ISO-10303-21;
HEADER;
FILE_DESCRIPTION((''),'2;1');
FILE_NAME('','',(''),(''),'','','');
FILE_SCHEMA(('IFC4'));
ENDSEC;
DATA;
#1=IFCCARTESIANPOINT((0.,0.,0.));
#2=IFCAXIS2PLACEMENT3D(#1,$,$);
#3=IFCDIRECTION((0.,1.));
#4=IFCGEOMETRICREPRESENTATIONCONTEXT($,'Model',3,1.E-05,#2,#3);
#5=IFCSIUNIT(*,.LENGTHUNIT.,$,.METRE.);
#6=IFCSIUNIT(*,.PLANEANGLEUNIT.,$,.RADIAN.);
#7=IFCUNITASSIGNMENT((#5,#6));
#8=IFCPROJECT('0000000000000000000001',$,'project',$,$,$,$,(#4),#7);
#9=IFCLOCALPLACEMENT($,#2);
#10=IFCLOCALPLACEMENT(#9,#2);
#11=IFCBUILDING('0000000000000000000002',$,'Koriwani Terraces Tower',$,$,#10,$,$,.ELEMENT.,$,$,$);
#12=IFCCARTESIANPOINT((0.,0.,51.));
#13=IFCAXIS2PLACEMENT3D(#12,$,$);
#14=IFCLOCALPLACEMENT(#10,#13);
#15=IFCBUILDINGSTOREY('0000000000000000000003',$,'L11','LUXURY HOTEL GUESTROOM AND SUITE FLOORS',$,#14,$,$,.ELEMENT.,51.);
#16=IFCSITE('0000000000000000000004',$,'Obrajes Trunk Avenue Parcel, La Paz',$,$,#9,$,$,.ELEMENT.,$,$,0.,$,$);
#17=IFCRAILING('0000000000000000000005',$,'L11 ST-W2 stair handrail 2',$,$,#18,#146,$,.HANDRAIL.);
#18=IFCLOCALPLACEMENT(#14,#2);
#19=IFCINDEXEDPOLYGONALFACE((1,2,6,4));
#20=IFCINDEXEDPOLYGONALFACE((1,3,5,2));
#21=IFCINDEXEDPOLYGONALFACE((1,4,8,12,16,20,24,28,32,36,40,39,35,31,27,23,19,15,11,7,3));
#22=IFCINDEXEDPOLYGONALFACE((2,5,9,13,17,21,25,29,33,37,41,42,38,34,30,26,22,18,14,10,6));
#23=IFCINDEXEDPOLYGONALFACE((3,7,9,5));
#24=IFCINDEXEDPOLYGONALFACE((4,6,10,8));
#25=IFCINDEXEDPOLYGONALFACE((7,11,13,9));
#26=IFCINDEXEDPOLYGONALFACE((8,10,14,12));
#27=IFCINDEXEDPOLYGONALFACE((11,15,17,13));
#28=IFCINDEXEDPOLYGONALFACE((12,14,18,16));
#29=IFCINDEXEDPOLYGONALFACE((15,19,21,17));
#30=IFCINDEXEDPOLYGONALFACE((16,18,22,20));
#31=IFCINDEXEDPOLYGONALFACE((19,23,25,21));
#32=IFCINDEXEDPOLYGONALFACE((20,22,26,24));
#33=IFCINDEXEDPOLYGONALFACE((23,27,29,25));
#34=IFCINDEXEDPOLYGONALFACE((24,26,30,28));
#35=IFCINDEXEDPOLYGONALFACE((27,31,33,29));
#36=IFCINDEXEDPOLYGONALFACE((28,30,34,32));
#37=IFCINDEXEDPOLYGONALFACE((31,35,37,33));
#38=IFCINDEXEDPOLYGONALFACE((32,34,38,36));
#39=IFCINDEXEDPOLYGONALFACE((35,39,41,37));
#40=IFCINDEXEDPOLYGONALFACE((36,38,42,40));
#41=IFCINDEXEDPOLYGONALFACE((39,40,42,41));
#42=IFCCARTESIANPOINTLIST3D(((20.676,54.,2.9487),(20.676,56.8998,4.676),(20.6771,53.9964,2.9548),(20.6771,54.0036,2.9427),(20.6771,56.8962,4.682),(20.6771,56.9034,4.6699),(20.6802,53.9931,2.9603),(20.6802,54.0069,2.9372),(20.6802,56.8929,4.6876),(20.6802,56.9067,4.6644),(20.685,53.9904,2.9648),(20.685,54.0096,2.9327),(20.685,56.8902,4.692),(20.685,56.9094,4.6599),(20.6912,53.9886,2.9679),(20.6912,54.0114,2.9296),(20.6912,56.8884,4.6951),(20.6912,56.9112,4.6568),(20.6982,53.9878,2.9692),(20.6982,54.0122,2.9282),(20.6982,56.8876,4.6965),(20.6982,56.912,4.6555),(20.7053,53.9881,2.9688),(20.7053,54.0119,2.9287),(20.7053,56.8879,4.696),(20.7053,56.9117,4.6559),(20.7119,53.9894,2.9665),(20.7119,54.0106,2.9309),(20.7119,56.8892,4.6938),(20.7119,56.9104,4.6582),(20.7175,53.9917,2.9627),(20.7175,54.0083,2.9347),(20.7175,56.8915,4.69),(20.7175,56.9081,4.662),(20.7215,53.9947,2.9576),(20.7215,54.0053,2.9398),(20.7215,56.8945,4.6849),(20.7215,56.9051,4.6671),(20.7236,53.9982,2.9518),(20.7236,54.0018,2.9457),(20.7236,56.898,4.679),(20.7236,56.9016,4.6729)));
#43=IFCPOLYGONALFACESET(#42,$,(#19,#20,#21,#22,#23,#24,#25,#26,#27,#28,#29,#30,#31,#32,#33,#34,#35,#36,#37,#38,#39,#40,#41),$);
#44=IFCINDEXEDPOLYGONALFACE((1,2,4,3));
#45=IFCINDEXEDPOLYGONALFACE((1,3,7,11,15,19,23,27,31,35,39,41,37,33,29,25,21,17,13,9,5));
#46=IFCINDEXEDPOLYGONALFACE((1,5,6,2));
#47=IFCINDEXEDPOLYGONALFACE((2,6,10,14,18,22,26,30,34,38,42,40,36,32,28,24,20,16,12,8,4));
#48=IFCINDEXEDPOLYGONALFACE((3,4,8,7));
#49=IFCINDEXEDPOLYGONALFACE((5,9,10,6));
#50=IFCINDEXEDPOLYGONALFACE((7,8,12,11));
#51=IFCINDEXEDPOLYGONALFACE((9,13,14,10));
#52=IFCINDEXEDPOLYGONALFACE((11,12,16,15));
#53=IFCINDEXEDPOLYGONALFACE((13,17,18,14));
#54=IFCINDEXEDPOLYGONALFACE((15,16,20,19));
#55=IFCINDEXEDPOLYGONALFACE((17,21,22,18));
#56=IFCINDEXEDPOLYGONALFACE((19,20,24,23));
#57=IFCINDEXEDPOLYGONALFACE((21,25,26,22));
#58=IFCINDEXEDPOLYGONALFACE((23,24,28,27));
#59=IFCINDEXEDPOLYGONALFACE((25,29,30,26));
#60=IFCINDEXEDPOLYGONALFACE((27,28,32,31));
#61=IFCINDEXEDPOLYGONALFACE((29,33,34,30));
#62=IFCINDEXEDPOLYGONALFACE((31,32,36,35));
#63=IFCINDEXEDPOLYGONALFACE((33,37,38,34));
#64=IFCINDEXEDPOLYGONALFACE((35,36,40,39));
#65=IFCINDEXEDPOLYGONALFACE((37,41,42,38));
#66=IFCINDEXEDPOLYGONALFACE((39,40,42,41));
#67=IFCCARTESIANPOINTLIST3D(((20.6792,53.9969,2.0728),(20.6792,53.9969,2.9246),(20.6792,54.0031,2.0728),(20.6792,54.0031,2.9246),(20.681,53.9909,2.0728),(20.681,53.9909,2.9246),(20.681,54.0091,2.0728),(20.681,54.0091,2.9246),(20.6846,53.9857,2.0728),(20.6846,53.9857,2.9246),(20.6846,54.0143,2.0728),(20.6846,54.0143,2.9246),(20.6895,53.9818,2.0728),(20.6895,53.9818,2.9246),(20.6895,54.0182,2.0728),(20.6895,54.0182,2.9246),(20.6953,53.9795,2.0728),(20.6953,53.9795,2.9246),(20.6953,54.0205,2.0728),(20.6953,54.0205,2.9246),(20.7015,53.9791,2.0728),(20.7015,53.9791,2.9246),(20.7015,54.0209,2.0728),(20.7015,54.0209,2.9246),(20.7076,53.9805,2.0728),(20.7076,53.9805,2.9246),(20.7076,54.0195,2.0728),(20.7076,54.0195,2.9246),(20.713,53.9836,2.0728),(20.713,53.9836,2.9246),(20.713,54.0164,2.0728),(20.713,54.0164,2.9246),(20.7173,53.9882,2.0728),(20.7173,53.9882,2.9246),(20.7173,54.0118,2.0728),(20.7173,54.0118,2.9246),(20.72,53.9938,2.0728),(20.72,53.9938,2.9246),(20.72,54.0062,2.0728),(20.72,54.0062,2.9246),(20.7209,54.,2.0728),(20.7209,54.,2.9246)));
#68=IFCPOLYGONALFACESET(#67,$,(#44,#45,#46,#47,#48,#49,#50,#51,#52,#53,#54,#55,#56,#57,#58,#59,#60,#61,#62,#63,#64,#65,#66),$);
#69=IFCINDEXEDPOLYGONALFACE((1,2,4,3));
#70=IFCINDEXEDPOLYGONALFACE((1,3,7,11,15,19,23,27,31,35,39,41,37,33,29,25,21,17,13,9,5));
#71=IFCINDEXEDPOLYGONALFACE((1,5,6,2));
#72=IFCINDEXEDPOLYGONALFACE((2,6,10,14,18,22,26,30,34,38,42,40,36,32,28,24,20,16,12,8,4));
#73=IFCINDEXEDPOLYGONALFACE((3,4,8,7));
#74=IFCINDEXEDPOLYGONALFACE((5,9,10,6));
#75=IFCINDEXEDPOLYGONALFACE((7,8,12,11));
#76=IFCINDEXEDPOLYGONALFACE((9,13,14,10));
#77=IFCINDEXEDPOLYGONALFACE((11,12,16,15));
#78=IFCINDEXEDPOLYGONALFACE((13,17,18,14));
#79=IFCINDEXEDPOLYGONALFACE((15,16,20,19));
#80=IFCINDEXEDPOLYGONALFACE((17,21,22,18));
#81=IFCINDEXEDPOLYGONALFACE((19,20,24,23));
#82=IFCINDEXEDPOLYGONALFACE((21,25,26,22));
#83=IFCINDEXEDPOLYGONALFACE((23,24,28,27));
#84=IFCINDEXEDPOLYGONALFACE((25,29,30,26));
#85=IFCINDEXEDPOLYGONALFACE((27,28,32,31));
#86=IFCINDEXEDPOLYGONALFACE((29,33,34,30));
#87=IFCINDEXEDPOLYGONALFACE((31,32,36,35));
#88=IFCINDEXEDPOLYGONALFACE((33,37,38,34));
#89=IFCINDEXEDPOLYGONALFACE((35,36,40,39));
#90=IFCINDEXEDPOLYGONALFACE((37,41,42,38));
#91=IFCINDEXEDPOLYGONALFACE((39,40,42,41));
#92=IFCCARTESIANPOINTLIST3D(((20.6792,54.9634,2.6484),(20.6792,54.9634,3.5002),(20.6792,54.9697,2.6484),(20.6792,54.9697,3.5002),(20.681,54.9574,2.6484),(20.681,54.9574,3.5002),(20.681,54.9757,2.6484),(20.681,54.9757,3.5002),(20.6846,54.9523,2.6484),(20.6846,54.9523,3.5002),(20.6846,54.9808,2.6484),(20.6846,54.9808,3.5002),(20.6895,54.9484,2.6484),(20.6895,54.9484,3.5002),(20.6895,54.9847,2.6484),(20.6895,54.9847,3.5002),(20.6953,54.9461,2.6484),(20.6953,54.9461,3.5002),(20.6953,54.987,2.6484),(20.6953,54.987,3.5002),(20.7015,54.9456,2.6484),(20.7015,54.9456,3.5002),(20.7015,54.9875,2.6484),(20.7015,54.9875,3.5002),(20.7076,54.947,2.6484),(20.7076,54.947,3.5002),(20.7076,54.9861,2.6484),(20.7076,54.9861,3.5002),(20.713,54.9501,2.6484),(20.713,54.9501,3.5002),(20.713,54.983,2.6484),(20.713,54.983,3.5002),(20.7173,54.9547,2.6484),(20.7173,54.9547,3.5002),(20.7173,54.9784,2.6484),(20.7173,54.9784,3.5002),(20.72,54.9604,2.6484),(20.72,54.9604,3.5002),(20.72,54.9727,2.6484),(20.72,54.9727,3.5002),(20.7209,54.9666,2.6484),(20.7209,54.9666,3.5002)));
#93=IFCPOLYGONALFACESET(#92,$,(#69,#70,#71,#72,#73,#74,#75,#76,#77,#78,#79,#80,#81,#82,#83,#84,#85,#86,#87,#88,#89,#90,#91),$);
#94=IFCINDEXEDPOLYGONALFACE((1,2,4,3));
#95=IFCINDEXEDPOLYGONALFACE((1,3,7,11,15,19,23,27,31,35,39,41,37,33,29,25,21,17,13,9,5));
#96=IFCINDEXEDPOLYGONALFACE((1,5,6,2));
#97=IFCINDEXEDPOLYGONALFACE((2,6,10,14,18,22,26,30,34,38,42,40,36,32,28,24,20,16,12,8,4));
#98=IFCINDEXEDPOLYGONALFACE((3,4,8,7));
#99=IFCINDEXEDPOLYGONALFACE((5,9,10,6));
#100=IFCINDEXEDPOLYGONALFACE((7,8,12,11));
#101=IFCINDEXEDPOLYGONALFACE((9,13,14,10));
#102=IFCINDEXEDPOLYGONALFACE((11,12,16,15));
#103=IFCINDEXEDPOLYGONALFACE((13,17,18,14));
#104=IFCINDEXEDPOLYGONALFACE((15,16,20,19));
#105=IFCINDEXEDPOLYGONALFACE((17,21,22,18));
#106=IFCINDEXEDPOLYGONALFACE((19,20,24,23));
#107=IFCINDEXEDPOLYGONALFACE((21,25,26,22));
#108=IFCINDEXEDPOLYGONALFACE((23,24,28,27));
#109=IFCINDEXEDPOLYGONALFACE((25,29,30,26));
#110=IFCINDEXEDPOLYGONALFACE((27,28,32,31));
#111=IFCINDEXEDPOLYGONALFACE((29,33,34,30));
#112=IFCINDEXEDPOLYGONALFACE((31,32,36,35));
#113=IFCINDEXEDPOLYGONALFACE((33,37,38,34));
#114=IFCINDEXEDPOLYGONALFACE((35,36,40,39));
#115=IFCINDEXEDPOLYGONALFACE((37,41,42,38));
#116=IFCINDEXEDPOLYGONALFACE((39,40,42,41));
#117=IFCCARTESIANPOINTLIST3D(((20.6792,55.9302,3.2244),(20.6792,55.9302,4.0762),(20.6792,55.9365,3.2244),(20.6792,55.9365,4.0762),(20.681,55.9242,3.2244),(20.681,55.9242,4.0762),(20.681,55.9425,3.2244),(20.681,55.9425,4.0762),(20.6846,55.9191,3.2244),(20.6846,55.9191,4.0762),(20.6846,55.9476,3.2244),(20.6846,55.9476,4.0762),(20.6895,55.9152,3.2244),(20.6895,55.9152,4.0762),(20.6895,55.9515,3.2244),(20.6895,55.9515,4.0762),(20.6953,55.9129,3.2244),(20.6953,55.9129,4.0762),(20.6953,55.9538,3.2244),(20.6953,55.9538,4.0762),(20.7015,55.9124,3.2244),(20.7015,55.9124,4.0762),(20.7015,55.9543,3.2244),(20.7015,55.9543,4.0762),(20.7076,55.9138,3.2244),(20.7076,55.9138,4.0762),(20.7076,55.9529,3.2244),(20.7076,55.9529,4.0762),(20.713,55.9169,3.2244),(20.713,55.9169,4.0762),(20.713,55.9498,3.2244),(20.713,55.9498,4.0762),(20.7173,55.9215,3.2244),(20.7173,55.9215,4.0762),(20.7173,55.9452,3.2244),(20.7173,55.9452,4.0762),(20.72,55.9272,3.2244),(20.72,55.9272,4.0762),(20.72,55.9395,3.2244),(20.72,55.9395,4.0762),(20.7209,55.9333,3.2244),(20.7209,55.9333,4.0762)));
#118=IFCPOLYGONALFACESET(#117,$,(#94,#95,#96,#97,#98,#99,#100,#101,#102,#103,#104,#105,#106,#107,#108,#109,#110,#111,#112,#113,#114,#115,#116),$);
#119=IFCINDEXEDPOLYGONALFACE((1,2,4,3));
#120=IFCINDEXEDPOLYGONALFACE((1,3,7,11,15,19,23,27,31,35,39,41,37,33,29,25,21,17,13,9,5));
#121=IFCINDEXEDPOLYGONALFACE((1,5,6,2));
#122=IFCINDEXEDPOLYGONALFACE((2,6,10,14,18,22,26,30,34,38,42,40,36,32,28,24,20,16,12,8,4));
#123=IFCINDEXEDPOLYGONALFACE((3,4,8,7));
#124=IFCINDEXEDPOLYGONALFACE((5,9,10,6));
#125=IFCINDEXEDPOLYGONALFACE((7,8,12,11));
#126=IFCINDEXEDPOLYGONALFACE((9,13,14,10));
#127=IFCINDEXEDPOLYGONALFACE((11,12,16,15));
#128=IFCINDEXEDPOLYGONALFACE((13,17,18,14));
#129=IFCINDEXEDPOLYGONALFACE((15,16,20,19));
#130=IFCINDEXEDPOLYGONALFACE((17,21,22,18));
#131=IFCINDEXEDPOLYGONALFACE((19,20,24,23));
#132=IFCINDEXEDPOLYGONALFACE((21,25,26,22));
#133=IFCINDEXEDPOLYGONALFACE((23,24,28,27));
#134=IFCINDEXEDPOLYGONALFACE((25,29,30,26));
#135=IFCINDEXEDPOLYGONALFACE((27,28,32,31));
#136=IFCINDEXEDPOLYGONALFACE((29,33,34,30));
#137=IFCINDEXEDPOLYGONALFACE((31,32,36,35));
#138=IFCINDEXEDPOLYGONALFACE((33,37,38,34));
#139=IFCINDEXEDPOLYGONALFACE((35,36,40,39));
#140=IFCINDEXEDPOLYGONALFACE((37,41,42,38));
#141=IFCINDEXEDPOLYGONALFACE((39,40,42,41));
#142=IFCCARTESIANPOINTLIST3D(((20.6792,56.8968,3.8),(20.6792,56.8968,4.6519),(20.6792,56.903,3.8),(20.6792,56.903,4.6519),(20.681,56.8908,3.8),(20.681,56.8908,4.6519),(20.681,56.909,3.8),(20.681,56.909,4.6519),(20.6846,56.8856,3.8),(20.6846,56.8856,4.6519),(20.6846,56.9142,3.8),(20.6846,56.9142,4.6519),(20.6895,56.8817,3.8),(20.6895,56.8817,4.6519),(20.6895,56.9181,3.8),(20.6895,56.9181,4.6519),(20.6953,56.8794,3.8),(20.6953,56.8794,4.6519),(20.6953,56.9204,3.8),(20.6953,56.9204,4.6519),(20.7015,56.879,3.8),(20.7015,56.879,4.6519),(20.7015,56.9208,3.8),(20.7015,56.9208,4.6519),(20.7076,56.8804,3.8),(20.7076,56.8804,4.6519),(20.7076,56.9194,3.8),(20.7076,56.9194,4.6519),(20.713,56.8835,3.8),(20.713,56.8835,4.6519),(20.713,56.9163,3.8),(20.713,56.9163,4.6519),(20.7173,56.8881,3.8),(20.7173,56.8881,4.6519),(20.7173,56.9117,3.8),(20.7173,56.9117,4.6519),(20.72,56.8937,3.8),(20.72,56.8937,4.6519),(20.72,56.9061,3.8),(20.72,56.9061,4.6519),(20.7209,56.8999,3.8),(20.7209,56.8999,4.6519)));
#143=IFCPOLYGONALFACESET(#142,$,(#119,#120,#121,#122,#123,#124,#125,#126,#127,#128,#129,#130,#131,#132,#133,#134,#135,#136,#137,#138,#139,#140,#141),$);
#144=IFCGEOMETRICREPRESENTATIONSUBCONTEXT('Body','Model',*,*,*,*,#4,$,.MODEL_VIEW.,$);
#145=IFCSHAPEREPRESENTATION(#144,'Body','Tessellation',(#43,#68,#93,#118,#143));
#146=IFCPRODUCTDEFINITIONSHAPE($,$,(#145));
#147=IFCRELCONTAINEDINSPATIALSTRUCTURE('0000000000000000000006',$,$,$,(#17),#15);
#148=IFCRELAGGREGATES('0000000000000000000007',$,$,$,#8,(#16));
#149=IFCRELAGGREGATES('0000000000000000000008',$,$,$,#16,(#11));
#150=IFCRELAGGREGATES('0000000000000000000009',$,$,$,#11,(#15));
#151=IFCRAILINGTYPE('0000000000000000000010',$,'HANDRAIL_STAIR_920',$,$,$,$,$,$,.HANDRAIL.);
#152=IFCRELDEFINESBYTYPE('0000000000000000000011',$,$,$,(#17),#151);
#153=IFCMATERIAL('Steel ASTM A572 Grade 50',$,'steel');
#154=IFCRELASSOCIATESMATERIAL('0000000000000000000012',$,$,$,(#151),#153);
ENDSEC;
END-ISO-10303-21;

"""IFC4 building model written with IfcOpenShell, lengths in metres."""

from ifc_helpers import new_model, si_unit, direction, frame, origin, origin_2d, place, context, subcontext, project, spatial, circle, extrude, material, type_object, element, save


model = new_model("IFC4")

# Units and contexts
model_context = context("Model", 3, precision=1e-05, world=origin(), true_north=direction((0.0, 1.0)))
body_context = subcontext(model_context, "Body", "Model", "MODEL_VIEW")
ifc_project = project(units=[si_unit("LENGTHUNIT", "METRE"), si_unit("PLANEANGLEUNIT", "RADIAN")], contexts=[model_context])

# Site, building, storey
site_placement = place(None, origin())
site = spatial("IfcSite", under=ifc_project, at=site_placement, Name="Obrajes Trunk Avenue Parcel, La Paz", CompositionType="ELEMENT", RefElevation=0.0)
building_placement = place(site_placement, origin())
building = spatial("IfcBuilding", under=site, at=building_placement, Name="Koriwani Terraces Tower", CompositionType="ELEMENT")
storey_placement = place(building_placement, frame((0.0, 0.0, 51.0)))
storey = spatial("IfcBuildingStorey", under=building, at=storey_placement, Name="L11", Description="LUXURY HOTEL GUESTROOM AND SUITE FLOORS", CompositionType="ELEMENT", Elevation=51.0)

# Shared definitions
ifc_material_1 = material(Name="Steel ASTM A572 Grade 50", Category="steel")

# Railing
railing_type_1 = type_object("IfcRailingType", Name="HANDRAIL_STAIR_920", PredefinedType="HANDRAIL", material=ifc_material_1)
railing_1_placement = place(storey_placement, frame((20.7, 54.0, 2.0728)))
element("IfcRailing", 1, at=railing_1_placement, inside=storey, type_object=railing_type_1, Name="L11 ST-W2 stair handrail 2", PredefinedType="HANDRAIL", context=body_context, shape_type="SweptSolid", body=[
    extrude(circle(Radius=0.0239, at=origin_2d()), frame((0.0, 0.0, 0.876), z_axis=(0.0, 0.859141, 0.511738), x_axis=(-1.0, 0.0, 0.0)), (0.0, 0.0, 1.0), 3.3752),
    extrude(circle(Radius=0.021, at=origin_2d()), origin(), (0.0, 0.0, 1.0), 0.8518),
    extrude(circle(Radius=0.021, at=origin_2d()), frame((0.0, 0.9666, 0.5757)), (0.0, 0.0, 1.0), 0.8518),
    extrude(circle(Radius=0.021, at=origin_2d()), frame((0.0, 1.9333, 1.1516)), (0.0, 0.0, 1.0), 0.8518),
    extrude(circle(Radius=0.021, at=origin_2d()), frame((0.0, 2.8999, 1.7273)), (0.0, 0.0, 1.0), 0.8518),
])

save(model, "model.ifc")
